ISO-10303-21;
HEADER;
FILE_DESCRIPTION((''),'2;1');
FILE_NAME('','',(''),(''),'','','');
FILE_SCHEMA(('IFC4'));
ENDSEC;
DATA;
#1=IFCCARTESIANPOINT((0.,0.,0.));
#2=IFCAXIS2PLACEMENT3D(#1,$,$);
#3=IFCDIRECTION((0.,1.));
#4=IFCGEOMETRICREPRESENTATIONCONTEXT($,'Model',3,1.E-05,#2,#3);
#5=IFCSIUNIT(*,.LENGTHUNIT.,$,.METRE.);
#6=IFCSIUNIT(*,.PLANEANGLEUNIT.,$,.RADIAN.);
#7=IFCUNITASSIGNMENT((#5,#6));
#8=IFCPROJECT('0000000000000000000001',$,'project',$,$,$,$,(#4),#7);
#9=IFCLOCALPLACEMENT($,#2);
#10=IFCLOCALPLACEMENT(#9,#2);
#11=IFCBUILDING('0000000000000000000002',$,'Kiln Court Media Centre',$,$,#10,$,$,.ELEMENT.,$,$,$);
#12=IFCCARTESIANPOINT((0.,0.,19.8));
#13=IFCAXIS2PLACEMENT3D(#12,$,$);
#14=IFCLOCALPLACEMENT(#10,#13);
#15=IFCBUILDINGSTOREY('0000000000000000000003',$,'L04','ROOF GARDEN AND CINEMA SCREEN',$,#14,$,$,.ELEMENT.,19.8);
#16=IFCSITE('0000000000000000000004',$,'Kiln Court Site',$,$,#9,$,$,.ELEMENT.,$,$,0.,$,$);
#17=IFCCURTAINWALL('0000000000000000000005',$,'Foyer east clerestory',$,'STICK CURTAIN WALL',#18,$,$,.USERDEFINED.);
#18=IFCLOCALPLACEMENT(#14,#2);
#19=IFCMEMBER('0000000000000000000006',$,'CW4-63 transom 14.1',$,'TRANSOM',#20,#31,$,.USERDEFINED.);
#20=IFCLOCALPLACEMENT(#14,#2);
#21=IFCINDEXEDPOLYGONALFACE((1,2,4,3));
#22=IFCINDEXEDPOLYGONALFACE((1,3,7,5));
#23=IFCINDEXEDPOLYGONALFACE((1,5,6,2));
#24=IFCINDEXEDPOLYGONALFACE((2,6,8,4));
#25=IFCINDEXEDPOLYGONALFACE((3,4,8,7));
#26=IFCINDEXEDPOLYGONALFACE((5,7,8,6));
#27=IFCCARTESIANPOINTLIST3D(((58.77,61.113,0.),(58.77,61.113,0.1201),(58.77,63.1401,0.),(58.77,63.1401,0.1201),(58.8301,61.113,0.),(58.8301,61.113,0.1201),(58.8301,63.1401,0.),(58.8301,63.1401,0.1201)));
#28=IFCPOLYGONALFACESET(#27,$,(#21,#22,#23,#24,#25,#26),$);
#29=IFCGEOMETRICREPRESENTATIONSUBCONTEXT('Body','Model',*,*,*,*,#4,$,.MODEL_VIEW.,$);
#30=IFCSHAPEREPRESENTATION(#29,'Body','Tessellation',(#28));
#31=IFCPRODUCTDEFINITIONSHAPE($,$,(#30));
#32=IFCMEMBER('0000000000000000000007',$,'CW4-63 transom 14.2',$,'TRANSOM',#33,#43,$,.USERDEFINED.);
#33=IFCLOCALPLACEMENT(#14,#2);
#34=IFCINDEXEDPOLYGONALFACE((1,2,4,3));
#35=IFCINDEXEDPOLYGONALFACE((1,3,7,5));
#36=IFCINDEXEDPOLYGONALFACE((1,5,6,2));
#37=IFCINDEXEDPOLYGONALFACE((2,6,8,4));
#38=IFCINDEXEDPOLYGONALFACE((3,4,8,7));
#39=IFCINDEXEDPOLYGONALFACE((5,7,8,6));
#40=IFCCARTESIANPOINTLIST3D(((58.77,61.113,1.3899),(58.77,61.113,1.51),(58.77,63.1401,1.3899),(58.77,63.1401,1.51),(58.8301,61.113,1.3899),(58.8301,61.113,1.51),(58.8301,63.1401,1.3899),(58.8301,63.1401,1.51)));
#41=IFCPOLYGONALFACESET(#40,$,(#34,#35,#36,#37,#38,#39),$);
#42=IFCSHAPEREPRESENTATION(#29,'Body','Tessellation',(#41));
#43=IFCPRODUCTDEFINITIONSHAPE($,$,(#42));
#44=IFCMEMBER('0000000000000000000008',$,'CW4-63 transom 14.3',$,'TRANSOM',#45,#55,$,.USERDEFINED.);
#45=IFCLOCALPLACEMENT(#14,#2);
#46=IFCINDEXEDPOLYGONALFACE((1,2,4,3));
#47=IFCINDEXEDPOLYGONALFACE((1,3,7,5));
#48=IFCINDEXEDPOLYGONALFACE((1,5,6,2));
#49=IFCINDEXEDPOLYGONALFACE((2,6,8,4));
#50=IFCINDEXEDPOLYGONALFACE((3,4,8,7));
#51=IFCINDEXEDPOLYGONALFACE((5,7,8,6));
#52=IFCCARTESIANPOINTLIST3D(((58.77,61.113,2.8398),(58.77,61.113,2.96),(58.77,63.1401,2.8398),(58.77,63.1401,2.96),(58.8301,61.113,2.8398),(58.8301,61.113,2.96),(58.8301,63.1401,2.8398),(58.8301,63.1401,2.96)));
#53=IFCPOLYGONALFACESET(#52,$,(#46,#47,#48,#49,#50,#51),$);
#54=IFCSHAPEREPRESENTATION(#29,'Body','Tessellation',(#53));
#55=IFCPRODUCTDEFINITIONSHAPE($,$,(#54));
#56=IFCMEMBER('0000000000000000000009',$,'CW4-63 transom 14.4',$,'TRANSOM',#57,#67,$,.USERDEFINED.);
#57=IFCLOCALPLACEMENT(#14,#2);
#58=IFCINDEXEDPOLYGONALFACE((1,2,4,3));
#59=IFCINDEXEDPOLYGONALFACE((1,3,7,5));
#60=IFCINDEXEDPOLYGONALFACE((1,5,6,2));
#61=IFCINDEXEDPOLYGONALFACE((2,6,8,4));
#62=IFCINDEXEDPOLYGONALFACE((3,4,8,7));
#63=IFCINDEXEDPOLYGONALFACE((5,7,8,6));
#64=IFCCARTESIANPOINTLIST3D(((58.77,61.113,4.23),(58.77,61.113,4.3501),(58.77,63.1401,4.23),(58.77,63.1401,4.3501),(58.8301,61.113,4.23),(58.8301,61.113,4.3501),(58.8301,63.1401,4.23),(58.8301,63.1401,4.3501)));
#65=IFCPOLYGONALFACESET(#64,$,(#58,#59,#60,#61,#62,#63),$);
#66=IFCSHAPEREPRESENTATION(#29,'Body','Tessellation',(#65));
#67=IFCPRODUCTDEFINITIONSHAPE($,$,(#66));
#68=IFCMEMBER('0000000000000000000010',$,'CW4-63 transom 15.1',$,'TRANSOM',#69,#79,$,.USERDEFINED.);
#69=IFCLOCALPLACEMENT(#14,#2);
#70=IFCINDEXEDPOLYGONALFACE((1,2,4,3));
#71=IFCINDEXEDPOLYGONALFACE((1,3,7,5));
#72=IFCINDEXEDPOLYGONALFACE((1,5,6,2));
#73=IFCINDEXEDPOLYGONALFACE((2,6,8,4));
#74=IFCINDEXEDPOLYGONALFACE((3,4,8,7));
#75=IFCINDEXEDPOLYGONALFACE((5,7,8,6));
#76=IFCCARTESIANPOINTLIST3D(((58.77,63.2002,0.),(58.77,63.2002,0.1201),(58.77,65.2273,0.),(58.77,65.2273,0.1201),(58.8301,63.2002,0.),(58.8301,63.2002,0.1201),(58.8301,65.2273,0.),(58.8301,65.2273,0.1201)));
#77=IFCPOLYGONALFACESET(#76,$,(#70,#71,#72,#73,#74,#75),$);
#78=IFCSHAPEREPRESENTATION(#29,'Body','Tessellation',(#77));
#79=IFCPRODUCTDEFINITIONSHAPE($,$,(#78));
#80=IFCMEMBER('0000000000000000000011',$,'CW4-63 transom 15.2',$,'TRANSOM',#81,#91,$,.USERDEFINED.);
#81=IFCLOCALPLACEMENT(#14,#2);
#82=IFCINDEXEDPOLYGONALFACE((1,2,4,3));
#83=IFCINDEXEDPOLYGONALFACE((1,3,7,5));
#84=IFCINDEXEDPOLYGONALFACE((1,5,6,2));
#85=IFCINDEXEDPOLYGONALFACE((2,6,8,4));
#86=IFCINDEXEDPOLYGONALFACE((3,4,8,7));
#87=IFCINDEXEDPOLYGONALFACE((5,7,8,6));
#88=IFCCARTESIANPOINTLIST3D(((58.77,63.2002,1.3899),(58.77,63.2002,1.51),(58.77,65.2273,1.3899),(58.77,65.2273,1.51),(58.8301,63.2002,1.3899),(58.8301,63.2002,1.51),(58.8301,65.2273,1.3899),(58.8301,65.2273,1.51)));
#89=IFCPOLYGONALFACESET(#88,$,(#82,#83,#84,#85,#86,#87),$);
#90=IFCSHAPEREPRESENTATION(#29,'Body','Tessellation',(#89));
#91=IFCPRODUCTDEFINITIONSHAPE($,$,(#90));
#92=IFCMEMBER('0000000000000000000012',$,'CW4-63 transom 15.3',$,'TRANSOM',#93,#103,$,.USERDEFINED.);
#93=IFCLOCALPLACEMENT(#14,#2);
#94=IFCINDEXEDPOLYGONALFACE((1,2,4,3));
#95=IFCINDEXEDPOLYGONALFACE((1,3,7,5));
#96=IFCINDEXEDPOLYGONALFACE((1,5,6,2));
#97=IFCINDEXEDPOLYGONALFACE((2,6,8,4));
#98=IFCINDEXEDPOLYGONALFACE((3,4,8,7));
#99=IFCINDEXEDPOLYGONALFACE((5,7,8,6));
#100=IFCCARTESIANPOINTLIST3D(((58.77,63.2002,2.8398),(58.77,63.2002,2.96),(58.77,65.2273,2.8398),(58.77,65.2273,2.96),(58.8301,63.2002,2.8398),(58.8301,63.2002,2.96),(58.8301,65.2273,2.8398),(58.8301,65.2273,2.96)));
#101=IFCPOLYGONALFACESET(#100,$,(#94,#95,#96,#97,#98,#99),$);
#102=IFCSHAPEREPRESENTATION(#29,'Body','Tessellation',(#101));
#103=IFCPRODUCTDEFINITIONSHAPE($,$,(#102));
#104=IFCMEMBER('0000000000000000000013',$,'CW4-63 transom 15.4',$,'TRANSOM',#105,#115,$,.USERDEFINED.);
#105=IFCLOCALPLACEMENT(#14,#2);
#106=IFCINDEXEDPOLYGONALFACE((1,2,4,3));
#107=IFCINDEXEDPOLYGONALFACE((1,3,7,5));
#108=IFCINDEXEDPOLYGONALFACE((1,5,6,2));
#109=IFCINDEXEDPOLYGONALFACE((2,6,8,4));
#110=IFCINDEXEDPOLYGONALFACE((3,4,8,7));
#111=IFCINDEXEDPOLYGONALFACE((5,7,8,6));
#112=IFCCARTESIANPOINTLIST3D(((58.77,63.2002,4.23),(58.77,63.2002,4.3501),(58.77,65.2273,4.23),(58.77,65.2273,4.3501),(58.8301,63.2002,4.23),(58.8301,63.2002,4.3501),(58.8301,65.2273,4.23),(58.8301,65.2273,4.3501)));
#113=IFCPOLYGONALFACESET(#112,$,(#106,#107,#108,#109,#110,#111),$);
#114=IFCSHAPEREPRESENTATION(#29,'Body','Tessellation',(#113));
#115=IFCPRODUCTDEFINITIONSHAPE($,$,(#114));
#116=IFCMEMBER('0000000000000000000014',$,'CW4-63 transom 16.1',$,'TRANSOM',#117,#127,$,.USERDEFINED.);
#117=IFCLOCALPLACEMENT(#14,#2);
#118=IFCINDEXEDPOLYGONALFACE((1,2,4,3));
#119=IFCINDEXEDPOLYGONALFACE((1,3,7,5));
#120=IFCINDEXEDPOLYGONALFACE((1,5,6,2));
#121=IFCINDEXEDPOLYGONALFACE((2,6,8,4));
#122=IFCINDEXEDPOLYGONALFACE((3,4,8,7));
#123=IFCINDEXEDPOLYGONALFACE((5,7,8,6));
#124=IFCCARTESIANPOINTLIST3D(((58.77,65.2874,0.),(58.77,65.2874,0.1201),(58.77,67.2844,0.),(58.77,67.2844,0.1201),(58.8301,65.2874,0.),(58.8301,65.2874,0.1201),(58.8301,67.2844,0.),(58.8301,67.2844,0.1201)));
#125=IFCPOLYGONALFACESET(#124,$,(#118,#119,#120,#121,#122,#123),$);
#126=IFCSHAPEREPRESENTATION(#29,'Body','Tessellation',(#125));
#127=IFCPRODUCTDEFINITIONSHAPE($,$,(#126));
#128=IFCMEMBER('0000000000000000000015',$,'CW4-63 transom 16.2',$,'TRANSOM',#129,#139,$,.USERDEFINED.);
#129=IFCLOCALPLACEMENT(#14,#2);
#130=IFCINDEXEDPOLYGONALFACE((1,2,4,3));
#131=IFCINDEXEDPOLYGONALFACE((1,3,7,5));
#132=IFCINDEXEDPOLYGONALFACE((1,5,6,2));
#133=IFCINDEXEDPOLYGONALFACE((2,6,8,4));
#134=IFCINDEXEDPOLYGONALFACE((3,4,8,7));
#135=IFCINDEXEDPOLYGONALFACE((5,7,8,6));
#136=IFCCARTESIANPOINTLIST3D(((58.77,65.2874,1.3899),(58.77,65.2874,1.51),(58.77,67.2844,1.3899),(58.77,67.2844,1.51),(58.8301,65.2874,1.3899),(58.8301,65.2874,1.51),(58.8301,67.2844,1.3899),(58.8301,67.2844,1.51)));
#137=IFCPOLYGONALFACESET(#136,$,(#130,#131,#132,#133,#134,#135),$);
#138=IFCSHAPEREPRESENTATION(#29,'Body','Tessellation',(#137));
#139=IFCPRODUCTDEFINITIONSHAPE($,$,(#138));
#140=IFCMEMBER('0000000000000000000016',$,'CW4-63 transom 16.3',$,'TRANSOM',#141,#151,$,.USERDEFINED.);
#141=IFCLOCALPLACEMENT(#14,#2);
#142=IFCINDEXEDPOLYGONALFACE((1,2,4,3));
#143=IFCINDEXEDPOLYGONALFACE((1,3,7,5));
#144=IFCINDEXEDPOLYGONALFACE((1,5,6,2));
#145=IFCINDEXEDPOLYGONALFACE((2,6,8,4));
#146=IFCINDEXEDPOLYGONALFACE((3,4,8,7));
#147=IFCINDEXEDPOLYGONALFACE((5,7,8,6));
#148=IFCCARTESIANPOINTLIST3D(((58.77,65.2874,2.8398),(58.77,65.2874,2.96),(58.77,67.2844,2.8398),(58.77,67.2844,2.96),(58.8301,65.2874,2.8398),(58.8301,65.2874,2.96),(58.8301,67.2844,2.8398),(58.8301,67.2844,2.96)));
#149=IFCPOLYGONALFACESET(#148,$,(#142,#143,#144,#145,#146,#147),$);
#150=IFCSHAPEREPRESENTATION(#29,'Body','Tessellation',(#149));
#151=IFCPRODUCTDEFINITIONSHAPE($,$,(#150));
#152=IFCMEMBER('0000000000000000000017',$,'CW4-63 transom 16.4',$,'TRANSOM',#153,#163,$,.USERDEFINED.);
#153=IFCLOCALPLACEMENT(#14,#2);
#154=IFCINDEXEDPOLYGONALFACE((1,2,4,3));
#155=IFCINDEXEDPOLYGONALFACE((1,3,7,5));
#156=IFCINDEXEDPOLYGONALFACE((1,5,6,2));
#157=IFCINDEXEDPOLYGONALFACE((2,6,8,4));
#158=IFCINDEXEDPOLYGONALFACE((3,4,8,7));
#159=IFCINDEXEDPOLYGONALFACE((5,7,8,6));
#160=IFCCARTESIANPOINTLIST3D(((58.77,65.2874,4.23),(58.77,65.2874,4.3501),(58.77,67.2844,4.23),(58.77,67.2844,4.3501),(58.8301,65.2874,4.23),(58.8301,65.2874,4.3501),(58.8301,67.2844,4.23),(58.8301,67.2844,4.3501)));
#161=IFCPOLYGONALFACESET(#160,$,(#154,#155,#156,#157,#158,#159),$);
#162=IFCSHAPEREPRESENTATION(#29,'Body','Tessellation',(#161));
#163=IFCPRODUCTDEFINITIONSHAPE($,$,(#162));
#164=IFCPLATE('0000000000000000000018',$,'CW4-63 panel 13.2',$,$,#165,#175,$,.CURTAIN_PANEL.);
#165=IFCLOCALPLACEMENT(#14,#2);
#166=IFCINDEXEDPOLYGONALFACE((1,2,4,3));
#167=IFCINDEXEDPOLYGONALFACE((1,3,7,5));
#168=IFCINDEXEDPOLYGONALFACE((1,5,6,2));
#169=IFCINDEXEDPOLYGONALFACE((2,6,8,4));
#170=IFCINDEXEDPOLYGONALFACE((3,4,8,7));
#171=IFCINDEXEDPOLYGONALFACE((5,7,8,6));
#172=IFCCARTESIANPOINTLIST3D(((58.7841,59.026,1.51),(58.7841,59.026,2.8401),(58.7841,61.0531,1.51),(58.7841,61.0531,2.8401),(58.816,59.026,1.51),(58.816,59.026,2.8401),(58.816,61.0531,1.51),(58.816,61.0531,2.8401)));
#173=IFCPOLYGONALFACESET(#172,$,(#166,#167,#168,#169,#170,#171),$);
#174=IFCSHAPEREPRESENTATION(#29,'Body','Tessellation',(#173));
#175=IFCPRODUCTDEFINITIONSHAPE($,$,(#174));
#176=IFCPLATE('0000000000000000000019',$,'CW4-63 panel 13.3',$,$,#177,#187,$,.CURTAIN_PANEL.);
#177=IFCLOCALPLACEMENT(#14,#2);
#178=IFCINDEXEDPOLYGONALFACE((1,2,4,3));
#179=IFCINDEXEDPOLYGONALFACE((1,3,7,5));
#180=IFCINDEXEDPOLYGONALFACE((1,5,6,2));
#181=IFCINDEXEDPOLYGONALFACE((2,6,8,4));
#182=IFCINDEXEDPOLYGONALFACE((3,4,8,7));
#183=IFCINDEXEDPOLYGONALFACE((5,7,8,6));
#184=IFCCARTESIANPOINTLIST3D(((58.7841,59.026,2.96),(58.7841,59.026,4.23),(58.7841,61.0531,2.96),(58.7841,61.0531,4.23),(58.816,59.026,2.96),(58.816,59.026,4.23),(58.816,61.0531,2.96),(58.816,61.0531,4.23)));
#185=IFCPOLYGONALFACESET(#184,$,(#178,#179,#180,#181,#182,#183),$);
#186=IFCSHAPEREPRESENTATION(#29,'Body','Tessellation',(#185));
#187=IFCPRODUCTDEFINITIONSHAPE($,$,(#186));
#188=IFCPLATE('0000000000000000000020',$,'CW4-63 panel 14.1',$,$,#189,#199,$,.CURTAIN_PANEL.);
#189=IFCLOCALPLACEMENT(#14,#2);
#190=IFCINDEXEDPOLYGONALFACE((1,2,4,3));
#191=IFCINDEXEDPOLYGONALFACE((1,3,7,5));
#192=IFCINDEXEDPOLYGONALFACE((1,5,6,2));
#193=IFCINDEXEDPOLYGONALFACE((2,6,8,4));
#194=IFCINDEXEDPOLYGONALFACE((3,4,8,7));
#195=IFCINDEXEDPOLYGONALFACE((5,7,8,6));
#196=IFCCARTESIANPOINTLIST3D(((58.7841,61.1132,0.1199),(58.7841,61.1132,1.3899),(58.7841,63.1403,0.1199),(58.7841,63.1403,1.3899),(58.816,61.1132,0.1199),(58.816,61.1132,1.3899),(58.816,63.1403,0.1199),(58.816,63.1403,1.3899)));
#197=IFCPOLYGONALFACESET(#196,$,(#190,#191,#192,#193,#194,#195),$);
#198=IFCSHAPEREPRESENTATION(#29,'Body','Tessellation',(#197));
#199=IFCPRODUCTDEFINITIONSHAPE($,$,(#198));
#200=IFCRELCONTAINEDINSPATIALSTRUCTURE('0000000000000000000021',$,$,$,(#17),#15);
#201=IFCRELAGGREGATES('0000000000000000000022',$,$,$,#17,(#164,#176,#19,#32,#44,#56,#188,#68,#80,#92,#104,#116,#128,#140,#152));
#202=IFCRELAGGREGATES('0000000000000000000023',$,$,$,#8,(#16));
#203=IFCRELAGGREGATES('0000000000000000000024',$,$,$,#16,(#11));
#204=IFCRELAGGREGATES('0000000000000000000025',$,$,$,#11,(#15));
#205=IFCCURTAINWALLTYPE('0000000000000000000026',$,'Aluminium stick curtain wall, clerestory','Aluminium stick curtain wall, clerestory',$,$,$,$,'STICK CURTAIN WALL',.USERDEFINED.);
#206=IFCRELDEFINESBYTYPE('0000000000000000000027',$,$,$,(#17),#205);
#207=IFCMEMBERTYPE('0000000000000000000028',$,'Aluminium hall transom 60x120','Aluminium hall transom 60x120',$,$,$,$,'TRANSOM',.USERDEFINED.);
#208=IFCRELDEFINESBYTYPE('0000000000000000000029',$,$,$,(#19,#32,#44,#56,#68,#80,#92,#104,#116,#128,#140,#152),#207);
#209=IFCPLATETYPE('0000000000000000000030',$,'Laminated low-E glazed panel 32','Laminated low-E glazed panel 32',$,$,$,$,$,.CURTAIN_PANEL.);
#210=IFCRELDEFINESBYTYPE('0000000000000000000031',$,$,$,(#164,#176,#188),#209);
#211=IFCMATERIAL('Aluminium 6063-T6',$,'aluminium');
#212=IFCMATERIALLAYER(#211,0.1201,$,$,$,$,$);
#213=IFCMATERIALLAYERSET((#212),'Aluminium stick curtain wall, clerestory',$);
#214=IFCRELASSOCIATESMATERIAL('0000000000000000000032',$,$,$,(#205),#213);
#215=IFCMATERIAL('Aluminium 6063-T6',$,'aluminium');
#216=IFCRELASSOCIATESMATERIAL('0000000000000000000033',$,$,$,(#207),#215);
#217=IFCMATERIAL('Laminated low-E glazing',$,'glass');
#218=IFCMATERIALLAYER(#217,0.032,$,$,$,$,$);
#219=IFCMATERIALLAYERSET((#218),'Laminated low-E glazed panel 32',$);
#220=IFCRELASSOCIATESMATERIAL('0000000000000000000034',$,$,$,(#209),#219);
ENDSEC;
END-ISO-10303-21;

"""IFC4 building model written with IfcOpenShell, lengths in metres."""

from ifc_helpers import new_model, si_unit, direction, frame, origin, origin_2d, place, context, subcontext, project, spatial, rectangle, extrude, material, layer, layer_set, material_profile, profile_set, type_object, element, aggregate, save


model = new_model("IFC4")

# Units and contexts
model_context = context("Model", 3, precision=1e-05, world=origin(), true_north=direction((0.0, 1.0)))
body_context = subcontext(model_context, "Body", "Model", "MODEL_VIEW")
ifc_project = project(units=[si_unit("LENGTHUNIT", "METRE"), si_unit("PLANEANGLEUNIT", "RADIAN")], contexts=[model_context])

# Site, building, storey
site_placement = place(None, origin())
site = spatial("IfcSite", under=ifc_project, at=site_placement, Name="Kiln Court Site", CompositionType="ELEMENT", RefElevation=0.0)
building_placement = place(site_placement, origin())
building = spatial("IfcBuilding", under=site, at=building_placement, Name="Kiln Court Media Centre", CompositionType="ELEMENT")
storey_placement = place(building_placement, frame((0.0, 0.0, 19.8)))
storey = spatial("IfcBuildingStorey", under=building, at=storey_placement, Name="L04", Description="ROOF GARDEN AND CINEMA SCREEN", CompositionType="ELEMENT", Elevation=19.8)

# Curtain wall, members, plates
ifc_material_1 = material(Name="Aluminium 6063-T6", Category="aluminium")
ifc_layer_1 = layer(ifc_material_1, 0.1201)
ifc_layer_set_1 = layer_set([ifc_layer_1], Name="Aluminium stick curtain wall, clerestory")
curtain_wall_type = type_object("IfcCurtainWallType", Name="Aluminium stick curtain wall, clerestory", Description="Aluminium stick curtain wall, clerestory", ElementType="STICK CURTAIN WALL", PredefinedType="USERDEFINED", material=ifc_layer_set_1)
curtain_wall_placement = place(storey_placement, origin())
curtain_wall = element("IfcCurtainWall", 1, at=curtain_wall_placement, inside=storey, type_object=curtain_wall_type, Name="Foyer east clerestory", ObjectType="STICK CURTAIN WALL", PredefinedType="USERDEFINED")
ifc_material_2 = material(Name="Aluminium 6063-T6", Category="aluminium")
ifc_material_profile = material_profile(ifc_material_2, rectangle(XDim=0.0601, YDim=0.1201, at=origin_2d()), Name="Aluminium hall transom 60x120")
ifc_profile_set = profile_set([ifc_material_profile], Name="Aluminium 6063-T6")
member_type = type_object("IfcMemberType", Name="Aluminium hall transom 60x120", Description="Aluminium hall transom 60x120", ElementType="TRANSOM", PredefinedType="USERDEFINED", material=ifc_profile_set)
member_1_placement = place(storey_placement, frame((58.8, 61.113, 0.0601), z_axis=(0.0, 1.0, 0.0), x_axis=(-1.0, 0.0, 0.0)))
member_1 = element("IfcMember", 2, at=member_1_placement, type_object=member_type, Name="CW4-63 transom 14.1", ObjectType="TRANSOM", PredefinedType="USERDEFINED", context=body_context, shape_type="SweptSolid", body=[
    extrude(rectangle(XDim=0.0601, YDim=0.1201, at=origin_2d()), origin(), (0.0, 0.0, 1.0), 2.0271),
])
member_2_placement = place(storey_placement, frame((58.8, 61.113, 1.45), z_axis=(0.0, 1.0, 0.0), x_axis=(-1.0, 0.0, 0.0)))
member_2 = element("IfcMember", 3, at=member_2_placement, type_object=member_type, Name="CW4-63 transom 14.2", ObjectType="TRANSOM", PredefinedType="USERDEFINED", context=body_context, shape_type="SweptSolid", body=[
    extrude(rectangle(XDim=0.0601, YDim=0.1201, at=origin_2d()), origin(), (0.0, 0.0, 1.0), 2.0271),
])
member_3_placement = place(storey_placement, frame((58.8, 61.113, 2.8999), z_axis=(0.0, 1.0, 0.0), x_axis=(-1.0, 0.0, 0.0)))
member_3 = element("IfcMember", 4, at=member_3_placement, type_object=member_type, Name="CW4-63 transom 14.3", ObjectType="TRANSOM", PredefinedType="USERDEFINED", context=body_context, shape_type="SweptSolid", body=[
    extrude(rectangle(XDim=0.0601, YDim=0.1201, at=origin_2d()), origin(), (0.0, 0.0, 1.0), 2.0271),
])
member_4_placement = place(storey_placement, frame((58.8, 61.113, 4.29), z_axis=(0.0, 1.0, 0.0), x_axis=(-1.0, 0.0, 0.0)))
member_4 = element("IfcMember", 5, at=member_4_placement, type_object=member_type, Name="CW4-63 transom 14.4", ObjectType="TRANSOM", PredefinedType="USERDEFINED", context=body_context, shape_type="SweptSolid", body=[
    extrude(rectangle(XDim=0.0601, YDim=0.1201, at=origin_2d()), origin(), (0.0, 0.0, 1.0), 2.0271),
])
member_5_placement = place(storey_placement, frame((58.8, 63.2002, 0.0601), z_axis=(0.0, 1.0, 0.0), x_axis=(-1.0, 0.0, 0.0)))
member_5 = element("IfcMember", 6, at=member_5_placement, type_object=member_type, Name="CW4-63 transom 15.1", ObjectType="TRANSOM", PredefinedType="USERDEFINED", context=body_context, shape_type="SweptSolid", body=[
    extrude(rectangle(XDim=0.0601, YDim=0.1201, at=origin_2d()), origin(), (0.0, 0.0, 1.0), 2.0271),
])
member_6_placement = place(storey_placement, frame((58.8, 63.2002, 1.45), z_axis=(0.0, 1.0, 0.0), x_axis=(-1.0, 0.0, 0.0)))
member_6 = element("IfcMember", 7, at=member_6_placement, type_object=member_type, Name="CW4-63 transom 15.2", ObjectType="TRANSOM", PredefinedType="USERDEFINED", context=body_context, shape_type="SweptSolid", body=[
    extrude(rectangle(XDim=0.0601, YDim=0.1201, at=origin_2d()), origin(), (0.0, 0.0, 1.0), 2.0271),
])
member_7_placement = place(storey_placement, frame((58.8, 63.2002, 2.8999), z_axis=(0.0, 1.0, 0.0), x_axis=(-1.0, 0.0, 0.0)))
member_7 = element("IfcMember", 8, at=member_7_placement, type_object=member_type, Name="CW4-63 transom 15.3", ObjectType="TRANSOM", PredefinedType="USERDEFINED", context=body_context, shape_type="SweptSolid", body=[
    extrude(rectangle(XDim=0.0601, YDim=0.1201, at=origin_2d()), origin(), (0.0, 0.0, 1.0), 2.0271),
])
member_8_placement = place(storey_placement, frame((58.8, 63.2002, 4.29), z_axis=(0.0, 1.0, 0.0), x_axis=(-1.0, 0.0, 0.0)))
member_8 = element("IfcMember", 9, at=member_8_placement, type_object=member_type, Name="CW4-63 transom 15.4", ObjectType="TRANSOM", PredefinedType="USERDEFINED", context=body_context, shape_type="SweptSolid", body=[
    extrude(rectangle(XDim=0.0601, YDim=0.1201, at=origin_2d()), origin(), (0.0, 0.0, 1.0), 2.0271),
])
member_9_placement = place(storey_placement, frame((58.8, 65.2874, 0.0601), z_axis=(0.0, 1.0, 0.0), x_axis=(-1.0, 0.0, 0.0)))
member_9 = element("IfcMember", 10, at=member_9_placement, type_object=member_type, Name="CW4-63 transom 16.1", ObjectType="TRANSOM", PredefinedType="USERDEFINED", context=body_context, shape_type="SweptSolid", body=[
    extrude(rectangle(XDim=0.0601, YDim=0.1201, at=origin_2d()), origin(), (0.0, 0.0, 1.0), 1.9971),
])
member_10_placement = place(storey_placement, frame((58.8, 65.2874, 1.45), z_axis=(0.0, 1.0, 0.0), x_axis=(-1.0, 0.0, 0.0)))
member_10 = element("IfcMember", 11, at=member_10_placement, type_object=member_type, Name="CW4-63 transom 16.2", ObjectType="TRANSOM", PredefinedType="USERDEFINED", context=body_context, shape_type="SweptSolid", body=[
    extrude(rectangle(XDim=0.0601, YDim=0.1201, at=origin_2d()), origin(), (0.0, 0.0, 1.0), 1.9971),
])
member_11_placement = place(storey_placement, frame((58.8, 65.2874, 2.8999), z_axis=(0.0, 1.0, 0.0), x_axis=(-1.0, 0.0, 0.0)))
member_11 = element("IfcMember", 12, at=member_11_placement, type_object=member_type, Name="CW4-63 transom 16.3", ObjectType="TRANSOM", PredefinedType="USERDEFINED", context=body_context, shape_type="SweptSolid", body=[
    extrude(rectangle(XDim=0.0601, YDim=0.1201, at=origin_2d()), origin(), (0.0, 0.0, 1.0), 1.9971),
])
member_12_placement = place(storey_placement, frame((58.8, 65.2874, 4.29), z_axis=(0.0, 1.0, 0.0), x_axis=(-1.0, 0.0, 0.0)))
member_12 = element("IfcMember", 13, at=member_12_placement, type_object=member_type, Name="CW4-63 transom 16.4", ObjectType="TRANSOM", PredefinedType="USERDEFINED", context=body_context, shape_type="SweptSolid", body=[
    extrude(rectangle(XDim=0.0601, YDim=0.1201, at=origin_2d()), origin(), (0.0, 0.0, 1.0), 1.9971),
])
ifc_material_3 = material(Name="Laminated low-E glazing", Category="glass")
ifc_layer_2 = layer(ifc_material_3, 0.032)
ifc_layer_set_2 = layer_set([ifc_layer_2], Name="Laminated low-E glazed panel 32")
plate_type = type_object("IfcPlateType", Name="Laminated low-E glazed panel 32", Description="Laminated low-E glazed panel 32", PredefinedType="CURTAIN_PANEL", material=ifc_layer_set_2)
plate_1_placement = place(storey_placement, frame((58.8, 60.0396, 1.51), z_axis=(0.0, 0.0, 1.0), x_axis=(0.0, 1.0, 0.0)))
plate_1 = element("IfcPlate", 14, at=plate_1_placement, type_object=plate_type, Name="CW4-63 panel 13.2", PredefinedType="CURTAIN_PANEL", context=body_context, shape_type="SweptSolid", body=[
    extrude(rectangle(XDim=2.0271, YDim=0.032, at=origin_2d()), origin(), (0.0, 0.0, 1.0), 1.3301),
])
plate_2_placement = place(storey_placement, frame((58.8, 60.0396, 2.96), z_axis=(0.0, 0.0, 1.0), x_axis=(0.0, 1.0, 0.0)))
plate_2 = element("IfcPlate", 15, at=plate_2_placement, type_object=plate_type, Name="CW4-63 panel 13.3", PredefinedType="CURTAIN_PANEL", context=body_context, shape_type="SweptSolid", body=[
    extrude(rectangle(XDim=2.0271, YDim=0.032, at=origin_2d()), origin(), (0.0, 0.0, 1.0), 1.27),
])
plate_3_placement = place(storey_placement, frame((58.8, 62.1267, 0.1199), z_axis=(0.0, 0.0, 1.0), x_axis=(0.0, 1.0, 0.0)))
plate_3 = element("IfcPlate", 16, at=plate_3_placement, type_object=plate_type, Name="CW4-63 panel 14.1", PredefinedType="CURTAIN_PANEL", context=body_context, shape_type="SweptSolid", body=[
    extrude(rectangle(XDim=2.0271, YDim=0.032, at=origin_2d()), origin(), (0.0, 0.0, 1.0), 1.27),
])
aggregate(curtain_wall, [plate_1, plate_2, member_1, member_2, member_3, member_4, plate_3, member_5, member_6, member_7, member_8, member_9, member_10, member_11, member_12])

save(model, "model.ifc")
